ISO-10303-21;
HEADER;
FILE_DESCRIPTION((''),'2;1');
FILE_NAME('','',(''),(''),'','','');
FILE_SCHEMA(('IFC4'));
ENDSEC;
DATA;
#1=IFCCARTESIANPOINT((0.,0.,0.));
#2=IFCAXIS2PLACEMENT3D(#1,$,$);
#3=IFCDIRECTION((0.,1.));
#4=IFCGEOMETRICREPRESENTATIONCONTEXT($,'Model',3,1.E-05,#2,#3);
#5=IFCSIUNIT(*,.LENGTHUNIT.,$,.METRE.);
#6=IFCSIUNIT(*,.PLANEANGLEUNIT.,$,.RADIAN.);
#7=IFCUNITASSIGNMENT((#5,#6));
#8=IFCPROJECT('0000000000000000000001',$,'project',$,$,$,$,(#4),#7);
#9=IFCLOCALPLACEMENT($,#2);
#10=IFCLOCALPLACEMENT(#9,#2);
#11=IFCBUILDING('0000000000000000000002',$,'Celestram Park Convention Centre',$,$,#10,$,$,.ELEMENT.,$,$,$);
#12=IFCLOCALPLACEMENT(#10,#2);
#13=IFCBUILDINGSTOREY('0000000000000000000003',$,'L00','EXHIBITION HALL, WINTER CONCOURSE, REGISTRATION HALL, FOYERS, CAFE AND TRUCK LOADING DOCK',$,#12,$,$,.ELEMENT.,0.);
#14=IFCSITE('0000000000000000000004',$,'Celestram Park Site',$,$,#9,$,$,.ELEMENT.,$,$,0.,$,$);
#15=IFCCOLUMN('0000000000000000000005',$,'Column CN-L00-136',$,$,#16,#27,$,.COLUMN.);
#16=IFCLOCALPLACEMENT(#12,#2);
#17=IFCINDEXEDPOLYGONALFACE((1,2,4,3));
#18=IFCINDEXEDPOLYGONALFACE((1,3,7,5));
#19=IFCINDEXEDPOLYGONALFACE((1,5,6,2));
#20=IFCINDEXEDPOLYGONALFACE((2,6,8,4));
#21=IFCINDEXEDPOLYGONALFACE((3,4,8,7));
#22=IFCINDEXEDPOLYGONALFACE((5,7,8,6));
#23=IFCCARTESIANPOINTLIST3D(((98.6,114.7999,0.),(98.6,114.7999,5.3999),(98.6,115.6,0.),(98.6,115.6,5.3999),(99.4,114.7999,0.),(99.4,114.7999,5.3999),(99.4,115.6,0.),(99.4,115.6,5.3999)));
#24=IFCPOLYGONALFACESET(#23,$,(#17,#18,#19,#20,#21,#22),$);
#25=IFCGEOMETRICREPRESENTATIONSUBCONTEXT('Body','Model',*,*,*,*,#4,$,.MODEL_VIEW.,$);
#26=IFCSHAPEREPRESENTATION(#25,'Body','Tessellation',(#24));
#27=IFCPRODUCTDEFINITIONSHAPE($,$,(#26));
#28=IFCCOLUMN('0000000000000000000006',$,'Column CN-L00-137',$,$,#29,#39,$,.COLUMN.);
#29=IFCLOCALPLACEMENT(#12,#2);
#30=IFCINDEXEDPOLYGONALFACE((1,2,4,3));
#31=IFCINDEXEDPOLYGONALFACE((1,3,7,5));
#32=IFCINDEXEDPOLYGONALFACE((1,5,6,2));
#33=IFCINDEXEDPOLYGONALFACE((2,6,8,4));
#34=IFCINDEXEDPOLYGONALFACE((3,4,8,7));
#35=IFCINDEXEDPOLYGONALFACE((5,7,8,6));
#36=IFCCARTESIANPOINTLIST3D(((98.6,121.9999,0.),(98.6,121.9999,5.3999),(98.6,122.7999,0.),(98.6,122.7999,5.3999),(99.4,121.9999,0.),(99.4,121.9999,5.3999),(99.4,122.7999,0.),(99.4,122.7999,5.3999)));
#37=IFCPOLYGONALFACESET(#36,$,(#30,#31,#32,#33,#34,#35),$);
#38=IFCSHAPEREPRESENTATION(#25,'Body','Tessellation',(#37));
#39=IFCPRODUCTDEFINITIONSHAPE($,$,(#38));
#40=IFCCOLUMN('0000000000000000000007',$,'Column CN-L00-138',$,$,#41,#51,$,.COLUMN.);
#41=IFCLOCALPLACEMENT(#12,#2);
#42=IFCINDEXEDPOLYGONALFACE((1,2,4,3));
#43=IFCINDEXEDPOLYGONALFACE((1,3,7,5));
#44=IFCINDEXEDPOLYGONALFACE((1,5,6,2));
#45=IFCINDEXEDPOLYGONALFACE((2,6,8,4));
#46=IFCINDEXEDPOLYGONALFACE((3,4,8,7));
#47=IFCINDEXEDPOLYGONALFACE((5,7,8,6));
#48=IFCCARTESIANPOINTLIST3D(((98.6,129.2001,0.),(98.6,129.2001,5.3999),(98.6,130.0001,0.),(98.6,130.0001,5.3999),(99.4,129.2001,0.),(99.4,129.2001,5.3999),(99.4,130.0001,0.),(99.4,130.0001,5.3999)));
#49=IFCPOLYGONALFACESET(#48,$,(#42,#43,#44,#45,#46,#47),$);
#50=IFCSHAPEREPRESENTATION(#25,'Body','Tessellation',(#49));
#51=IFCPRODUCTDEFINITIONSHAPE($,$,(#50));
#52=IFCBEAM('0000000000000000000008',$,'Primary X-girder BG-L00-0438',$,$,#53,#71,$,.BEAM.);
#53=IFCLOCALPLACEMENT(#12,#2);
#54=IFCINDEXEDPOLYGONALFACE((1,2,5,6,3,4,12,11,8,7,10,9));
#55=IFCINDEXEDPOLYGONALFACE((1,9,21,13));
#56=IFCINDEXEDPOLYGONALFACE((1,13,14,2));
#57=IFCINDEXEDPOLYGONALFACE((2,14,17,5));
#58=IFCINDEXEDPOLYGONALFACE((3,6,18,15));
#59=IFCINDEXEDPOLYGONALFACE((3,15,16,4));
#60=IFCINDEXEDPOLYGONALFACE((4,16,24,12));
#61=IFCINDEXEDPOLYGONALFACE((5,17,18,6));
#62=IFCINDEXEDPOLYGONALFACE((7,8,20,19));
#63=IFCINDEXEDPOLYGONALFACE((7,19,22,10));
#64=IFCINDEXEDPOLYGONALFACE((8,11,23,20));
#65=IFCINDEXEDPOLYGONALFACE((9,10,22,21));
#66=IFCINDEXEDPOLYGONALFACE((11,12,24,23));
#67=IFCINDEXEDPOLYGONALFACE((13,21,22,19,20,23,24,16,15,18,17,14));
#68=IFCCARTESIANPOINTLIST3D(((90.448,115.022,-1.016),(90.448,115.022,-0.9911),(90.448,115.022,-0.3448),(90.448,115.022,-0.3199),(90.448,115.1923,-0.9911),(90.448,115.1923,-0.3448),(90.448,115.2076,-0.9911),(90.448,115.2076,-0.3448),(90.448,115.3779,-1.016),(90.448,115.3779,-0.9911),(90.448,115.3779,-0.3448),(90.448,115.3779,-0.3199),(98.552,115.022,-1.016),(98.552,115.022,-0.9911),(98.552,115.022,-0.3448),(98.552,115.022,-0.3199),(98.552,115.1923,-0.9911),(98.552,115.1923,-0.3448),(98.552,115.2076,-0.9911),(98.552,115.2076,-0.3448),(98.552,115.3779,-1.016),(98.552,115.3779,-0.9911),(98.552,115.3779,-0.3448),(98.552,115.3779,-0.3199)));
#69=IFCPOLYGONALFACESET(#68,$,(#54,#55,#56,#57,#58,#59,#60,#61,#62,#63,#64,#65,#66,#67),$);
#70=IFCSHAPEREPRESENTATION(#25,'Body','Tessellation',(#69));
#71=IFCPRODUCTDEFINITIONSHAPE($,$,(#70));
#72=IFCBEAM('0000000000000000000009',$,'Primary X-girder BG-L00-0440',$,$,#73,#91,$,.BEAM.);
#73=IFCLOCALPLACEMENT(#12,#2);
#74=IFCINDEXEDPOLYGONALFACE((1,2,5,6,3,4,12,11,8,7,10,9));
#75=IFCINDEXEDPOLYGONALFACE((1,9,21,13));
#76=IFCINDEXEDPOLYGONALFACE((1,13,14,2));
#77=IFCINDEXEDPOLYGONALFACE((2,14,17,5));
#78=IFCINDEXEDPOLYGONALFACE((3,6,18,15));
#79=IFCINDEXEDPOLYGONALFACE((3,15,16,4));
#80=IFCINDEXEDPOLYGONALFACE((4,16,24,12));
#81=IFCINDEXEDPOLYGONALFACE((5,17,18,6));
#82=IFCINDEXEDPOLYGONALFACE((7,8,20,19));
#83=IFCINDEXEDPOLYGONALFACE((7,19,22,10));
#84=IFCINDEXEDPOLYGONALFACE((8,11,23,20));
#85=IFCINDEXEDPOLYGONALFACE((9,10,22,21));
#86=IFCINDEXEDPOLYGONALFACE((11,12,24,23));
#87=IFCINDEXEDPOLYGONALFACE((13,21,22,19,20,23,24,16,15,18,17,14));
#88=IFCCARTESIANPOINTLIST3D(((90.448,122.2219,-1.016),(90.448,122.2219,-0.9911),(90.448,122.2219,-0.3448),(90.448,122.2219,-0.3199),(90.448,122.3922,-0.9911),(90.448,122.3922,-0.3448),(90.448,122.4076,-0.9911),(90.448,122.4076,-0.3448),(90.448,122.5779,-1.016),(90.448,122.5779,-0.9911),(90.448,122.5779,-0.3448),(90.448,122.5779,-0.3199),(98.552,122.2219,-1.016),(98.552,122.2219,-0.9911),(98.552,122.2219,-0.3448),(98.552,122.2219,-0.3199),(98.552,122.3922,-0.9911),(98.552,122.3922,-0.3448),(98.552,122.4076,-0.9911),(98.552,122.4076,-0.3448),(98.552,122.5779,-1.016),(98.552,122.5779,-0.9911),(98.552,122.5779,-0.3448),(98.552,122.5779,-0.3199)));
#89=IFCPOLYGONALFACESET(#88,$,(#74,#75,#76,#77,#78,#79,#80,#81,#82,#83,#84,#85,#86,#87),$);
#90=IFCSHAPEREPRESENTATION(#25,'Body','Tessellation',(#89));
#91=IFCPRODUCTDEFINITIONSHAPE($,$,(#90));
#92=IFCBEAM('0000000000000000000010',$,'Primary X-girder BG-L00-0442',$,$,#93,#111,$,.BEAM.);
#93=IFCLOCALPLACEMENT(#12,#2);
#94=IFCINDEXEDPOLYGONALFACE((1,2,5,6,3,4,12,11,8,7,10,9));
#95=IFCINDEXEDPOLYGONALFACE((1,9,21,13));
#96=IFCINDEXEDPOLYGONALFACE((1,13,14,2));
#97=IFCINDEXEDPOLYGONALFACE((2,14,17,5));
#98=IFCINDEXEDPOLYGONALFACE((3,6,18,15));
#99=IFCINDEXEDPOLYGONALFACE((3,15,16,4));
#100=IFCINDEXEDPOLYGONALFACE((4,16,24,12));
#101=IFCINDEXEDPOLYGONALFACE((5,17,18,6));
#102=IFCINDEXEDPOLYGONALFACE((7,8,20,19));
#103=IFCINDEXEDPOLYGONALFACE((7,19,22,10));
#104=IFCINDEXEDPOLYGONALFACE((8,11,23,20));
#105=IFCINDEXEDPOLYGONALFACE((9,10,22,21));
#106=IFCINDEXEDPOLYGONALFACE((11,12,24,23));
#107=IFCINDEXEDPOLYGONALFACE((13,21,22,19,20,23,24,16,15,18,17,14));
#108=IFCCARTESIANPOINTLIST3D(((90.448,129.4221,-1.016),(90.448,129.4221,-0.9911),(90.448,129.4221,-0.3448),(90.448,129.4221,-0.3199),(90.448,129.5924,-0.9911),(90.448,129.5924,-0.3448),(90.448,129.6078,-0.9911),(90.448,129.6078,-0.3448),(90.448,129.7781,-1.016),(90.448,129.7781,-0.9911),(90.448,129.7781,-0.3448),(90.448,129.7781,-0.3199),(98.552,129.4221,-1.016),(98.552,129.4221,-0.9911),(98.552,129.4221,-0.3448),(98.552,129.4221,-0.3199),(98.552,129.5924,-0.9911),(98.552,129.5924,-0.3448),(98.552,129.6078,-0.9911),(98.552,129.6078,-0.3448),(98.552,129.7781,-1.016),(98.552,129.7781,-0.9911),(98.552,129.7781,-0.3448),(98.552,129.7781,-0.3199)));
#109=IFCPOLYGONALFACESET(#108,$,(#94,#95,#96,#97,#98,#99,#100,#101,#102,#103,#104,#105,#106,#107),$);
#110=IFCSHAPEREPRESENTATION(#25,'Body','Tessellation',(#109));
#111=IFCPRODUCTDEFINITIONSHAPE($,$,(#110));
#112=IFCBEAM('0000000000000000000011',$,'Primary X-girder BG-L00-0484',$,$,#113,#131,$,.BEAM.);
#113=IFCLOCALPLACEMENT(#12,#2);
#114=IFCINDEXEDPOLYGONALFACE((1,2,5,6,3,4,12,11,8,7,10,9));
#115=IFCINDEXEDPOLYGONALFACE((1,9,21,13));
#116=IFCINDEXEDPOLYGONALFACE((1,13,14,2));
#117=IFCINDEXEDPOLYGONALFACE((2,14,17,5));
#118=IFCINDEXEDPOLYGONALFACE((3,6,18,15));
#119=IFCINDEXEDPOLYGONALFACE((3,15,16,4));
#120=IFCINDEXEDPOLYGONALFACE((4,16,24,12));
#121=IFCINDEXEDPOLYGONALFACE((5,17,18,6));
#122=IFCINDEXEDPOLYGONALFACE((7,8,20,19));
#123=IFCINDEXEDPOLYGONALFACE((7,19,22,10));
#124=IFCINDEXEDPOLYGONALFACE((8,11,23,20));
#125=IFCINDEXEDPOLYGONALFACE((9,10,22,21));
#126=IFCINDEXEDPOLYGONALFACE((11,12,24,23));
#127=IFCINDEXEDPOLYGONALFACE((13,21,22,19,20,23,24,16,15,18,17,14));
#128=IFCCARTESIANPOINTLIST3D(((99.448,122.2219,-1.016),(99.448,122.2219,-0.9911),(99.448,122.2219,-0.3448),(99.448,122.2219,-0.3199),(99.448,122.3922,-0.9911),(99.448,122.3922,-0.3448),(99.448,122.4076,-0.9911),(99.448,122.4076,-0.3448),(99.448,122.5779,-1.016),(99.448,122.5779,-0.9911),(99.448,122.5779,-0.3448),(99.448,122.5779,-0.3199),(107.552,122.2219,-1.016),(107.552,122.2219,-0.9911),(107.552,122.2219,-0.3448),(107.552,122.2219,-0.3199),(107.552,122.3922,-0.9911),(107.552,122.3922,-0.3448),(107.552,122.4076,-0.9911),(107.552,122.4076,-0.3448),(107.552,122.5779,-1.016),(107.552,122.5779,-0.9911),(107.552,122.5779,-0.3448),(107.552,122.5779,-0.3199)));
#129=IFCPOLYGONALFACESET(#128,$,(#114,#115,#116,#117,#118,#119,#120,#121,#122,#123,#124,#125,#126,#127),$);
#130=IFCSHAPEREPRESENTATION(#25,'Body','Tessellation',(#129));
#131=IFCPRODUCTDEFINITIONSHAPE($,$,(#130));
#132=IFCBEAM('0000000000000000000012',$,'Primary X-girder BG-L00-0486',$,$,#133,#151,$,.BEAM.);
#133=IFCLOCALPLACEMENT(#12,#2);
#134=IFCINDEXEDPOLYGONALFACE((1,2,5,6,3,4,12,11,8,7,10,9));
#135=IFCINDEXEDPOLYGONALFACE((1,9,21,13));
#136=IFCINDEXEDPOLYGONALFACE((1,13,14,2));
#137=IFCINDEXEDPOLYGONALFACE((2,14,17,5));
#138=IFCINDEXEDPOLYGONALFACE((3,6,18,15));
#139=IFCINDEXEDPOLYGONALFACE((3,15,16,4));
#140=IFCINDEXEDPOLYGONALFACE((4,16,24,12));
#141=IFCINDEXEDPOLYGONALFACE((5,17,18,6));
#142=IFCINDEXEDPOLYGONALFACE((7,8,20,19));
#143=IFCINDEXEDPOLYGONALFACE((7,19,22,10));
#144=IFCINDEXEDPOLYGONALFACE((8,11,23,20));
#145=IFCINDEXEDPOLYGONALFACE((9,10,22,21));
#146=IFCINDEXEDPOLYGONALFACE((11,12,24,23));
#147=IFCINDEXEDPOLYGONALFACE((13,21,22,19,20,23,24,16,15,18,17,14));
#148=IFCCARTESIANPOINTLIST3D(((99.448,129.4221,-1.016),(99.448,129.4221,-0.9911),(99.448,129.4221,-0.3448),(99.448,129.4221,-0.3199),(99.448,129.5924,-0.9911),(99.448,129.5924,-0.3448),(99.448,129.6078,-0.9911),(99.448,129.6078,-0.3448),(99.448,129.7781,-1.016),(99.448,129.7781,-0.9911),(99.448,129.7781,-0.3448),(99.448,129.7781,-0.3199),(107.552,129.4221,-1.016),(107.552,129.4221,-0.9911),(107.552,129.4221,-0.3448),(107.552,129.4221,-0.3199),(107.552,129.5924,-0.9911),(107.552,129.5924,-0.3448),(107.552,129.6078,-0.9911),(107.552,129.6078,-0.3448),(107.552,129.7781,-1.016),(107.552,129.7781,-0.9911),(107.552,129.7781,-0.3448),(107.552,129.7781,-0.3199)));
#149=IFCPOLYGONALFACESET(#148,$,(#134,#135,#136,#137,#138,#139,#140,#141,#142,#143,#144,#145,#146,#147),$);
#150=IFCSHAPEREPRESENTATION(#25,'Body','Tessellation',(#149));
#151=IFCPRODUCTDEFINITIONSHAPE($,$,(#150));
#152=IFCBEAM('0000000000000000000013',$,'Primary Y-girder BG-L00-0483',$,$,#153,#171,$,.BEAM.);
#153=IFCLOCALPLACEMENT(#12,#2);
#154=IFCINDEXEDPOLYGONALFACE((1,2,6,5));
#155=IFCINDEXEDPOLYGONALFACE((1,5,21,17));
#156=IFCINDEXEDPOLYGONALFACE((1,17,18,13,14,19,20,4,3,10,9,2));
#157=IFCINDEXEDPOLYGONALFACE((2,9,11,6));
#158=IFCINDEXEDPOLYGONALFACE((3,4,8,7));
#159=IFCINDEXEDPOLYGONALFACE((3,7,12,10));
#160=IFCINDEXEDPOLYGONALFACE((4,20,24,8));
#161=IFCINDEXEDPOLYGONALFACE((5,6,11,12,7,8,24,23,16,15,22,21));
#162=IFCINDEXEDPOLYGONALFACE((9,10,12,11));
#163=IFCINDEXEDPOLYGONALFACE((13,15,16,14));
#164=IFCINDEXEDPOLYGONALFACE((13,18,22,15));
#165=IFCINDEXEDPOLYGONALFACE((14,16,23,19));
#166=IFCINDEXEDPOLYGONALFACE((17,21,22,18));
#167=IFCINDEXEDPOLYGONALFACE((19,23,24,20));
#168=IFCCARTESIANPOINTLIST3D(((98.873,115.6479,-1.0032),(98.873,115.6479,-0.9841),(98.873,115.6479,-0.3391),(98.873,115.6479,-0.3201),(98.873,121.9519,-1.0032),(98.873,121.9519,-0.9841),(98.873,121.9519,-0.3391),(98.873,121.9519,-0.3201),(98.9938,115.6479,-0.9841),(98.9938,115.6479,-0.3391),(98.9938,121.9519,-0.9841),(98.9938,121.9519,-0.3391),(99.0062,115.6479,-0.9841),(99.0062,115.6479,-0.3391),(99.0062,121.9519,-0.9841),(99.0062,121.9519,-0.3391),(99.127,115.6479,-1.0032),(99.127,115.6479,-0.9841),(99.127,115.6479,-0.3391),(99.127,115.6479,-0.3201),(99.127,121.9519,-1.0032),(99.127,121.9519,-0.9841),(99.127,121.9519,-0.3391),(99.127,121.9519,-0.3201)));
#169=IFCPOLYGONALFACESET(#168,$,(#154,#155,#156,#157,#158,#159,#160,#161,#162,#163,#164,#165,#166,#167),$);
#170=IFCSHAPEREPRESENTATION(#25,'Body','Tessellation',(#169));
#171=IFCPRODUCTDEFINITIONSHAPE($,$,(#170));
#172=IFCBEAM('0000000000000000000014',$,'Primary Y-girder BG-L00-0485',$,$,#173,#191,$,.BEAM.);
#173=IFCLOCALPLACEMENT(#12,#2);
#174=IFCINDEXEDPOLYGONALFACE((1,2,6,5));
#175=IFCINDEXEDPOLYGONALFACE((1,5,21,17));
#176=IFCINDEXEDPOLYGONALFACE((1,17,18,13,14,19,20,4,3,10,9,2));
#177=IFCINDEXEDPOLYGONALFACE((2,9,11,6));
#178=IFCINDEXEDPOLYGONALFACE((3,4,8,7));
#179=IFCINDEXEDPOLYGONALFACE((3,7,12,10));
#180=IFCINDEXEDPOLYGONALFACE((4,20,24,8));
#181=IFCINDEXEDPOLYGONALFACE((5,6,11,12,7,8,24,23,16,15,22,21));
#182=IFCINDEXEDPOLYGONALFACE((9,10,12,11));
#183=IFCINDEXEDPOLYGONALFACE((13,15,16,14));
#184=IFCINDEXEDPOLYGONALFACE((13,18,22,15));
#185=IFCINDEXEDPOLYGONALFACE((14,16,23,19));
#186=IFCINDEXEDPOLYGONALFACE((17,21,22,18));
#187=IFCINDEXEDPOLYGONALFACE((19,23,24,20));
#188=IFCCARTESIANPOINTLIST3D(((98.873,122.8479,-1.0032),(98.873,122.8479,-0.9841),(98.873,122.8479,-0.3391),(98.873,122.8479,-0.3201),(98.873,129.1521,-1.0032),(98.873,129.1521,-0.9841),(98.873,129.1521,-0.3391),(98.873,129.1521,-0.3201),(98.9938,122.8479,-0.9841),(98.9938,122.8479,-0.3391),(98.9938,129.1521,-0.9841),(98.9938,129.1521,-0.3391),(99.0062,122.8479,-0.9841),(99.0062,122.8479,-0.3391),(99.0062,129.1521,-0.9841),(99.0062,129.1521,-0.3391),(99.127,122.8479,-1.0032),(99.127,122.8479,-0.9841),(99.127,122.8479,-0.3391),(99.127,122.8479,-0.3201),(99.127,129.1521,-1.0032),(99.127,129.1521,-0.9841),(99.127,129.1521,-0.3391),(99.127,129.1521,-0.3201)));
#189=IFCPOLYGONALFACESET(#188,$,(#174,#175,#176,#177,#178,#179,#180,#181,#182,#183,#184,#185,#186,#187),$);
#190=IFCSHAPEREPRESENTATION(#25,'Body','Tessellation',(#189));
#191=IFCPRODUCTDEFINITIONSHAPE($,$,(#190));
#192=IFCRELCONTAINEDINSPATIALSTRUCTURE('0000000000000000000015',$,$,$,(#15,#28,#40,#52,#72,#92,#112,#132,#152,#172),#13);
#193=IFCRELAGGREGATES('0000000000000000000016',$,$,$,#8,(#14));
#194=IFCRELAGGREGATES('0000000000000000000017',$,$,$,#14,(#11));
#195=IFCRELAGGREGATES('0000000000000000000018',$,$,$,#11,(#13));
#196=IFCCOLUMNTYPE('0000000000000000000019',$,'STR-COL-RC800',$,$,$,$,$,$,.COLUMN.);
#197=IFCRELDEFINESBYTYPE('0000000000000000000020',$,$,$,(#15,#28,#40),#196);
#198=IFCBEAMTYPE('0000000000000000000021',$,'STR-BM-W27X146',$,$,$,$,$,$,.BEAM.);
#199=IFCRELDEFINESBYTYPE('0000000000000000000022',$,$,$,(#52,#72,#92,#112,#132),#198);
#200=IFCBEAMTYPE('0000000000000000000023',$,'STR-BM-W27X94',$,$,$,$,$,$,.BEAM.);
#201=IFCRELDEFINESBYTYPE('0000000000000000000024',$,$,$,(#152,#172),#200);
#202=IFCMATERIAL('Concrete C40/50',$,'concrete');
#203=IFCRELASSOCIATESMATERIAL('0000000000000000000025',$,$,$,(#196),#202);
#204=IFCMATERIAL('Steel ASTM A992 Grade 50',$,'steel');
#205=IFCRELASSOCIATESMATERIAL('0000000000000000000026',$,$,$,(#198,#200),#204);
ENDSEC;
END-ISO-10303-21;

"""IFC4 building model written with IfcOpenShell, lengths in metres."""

from ifc_helpers import new_model, si_unit, direction, frame, origin, origin_2d, place, context, subcontext, project, spatial, rectangle, i_section, extrude, material, material_profile, profile_set, type_object, element, save


model = new_model("IFC4")

# Units and contexts
model_context = context("Model", 3, precision=1e-05, world=origin(), true_north=direction((0.0, 1.0)))
body_context = subcontext(model_context, "Body", "Model", "MODEL_VIEW")
ifc_project = project(units=[si_unit("LENGTHUNIT", "METRE"), si_unit("PLANEANGLEUNIT", "RADIAN")], contexts=[model_context])

# Site, building, storey
site_placement = place(None, origin())
site = spatial("IfcSite", under=ifc_project, at=site_placement, Name="Celestram Park Site", CompositionType="ELEMENT", RefElevation=0.0)
building_placement = place(site_placement, origin())
building = spatial("IfcBuilding", under=site, at=building_placement, Name="Celestram Park Convention Centre", CompositionType="ELEMENT")
storey_placement = place(building_placement, origin())
storey = spatial("IfcBuildingStorey", under=building, at=storey_placement, Name="L00", Description="EXHIBITION HALL, WINTER CONCOURSE, REGISTRATION HALL, FOYERS, CAFE AND TRUCK LOADING DOCK", CompositionType="ELEMENT", Elevation=0.0)

# Columns
ifc_material_1 = material(Name="Concrete C40/50", Category="concrete")
ifc_material_profile_1 = material_profile(ifc_material_1, rectangle(XDim=0.8, YDim=0.8, at=origin_2d()), Name="RC800X800")
ifc_profile_set_1 = profile_set([ifc_material_profile_1], Name="Concrete C40/50")
column_type = type_object("IfcColumnType", Name="STR-COL-RC800", PredefinedType="COLUMN", material=ifc_profile_set_1)
for number, where, z_axis, x_axis, name in (
    (1, (99.0, 115.2, 0.0), (0.0, 0.0, 1.0), (1.0, 0.0, 0.0), "Column CN-L00-136"),
    (2, (99.0, 122.3999, 0.0), (0.0, 0.0, 1.0), (1.0, 0.0, 0.0), "Column CN-L00-137"),
    (3, (99.0, 129.6001, 0.0), (0.0, 0.0, 1.0), (1.0, 0.0, 0.0), "Column CN-L00-138"),
):
    element("IfcColumn", number, at=place(storey_placement, frame(where, z_axis=z_axis, x_axis=x_axis)), inside=storey, type_object=column_type, Name=name, PredefinedType="COLUMN", context=body_context, shape_type="SweptSolid", body=[
        extrude(rectangle(XDim=0.8, YDim=0.8, at=origin_2d()), origin(), (0.0, 0.0, 1.0), 5.3999),
    ])

# Beams
ifc_material_2 = material(Name="Steel ASTM A992 Grade 50", Category="steel")
ifc_material_profile_2 = material_profile(ifc_material_2, i_section(OverallWidth=0.356, OverallDepth=0.696, WebThickness=0.0154, FlangeThickness=0.0249, at=origin_2d()), Name="W27X146")
ifc_profile_set_2 = profile_set([ifc_material_profile_2], Name="Steel ASTM A992 Grade 50")
beam_type_1 = type_object("IfcBeamType", Name="STR-BM-W27X146", PredefinedType="BEAM", material=ifc_profile_set_2)
for number, where, z_axis, x_axis, name in (
    (4, (90.448, 115.2, -0.668), (1.0, 0.0, 0.0), (0.0, 1.0, 0.0), "Primary X-girder BG-L00-0438"),
    (5, (90.448, 122.3999, -0.668), (1.0, 0.0, 0.0), (0.0, 1.0, 0.0), "Primary X-girder BG-L00-0440"),
    (6, (90.448, 129.6001, -0.668), (1.0, 0.0, 0.0), (0.0, 1.0, 0.0), "Primary X-girder BG-L00-0442"),
    (7, (99.448, 122.3999, -0.668), (1.0, 0.0, 0.0), (0.0, 1.0, 0.0), "Primary X-girder BG-L00-0484"),
    (8, (99.448, 129.6001, -0.668), (1.0, 0.0, 0.0), (0.0, 1.0, 0.0), "Primary X-girder BG-L00-0486"),
):
    element("IfcBeam", number, at=place(storey_placement, frame(where, z_axis=z_axis, x_axis=x_axis)), inside=storey, type_object=beam_type_1, Name=name, PredefinedType="BEAM", context=body_context, shape_type="SweptSolid", body=[
        extrude(i_section(OverallWidth=0.356, OverallDepth=0.696, WebThickness=0.0154, FlangeThickness=0.0249, at=origin_2d()), origin(), (0.0, 0.0, 1.0), 8.104),
    ])
ifc_material_profile_3 = material_profile(ifc_material_2, i_section(OverallWidth=0.2539, OverallDepth=0.6831, WebThickness=0.0125, FlangeThickness=0.019, at=origin_2d()), Name="W27X94")
ifc_profile_set_3 = profile_set([ifc_material_profile_3], Name="Steel ASTM A992 Grade 50")
beam_type_2 = type_object("IfcBeamType", Name="STR-BM-W27X94", PredefinedType="BEAM", material=ifc_profile_set_3)
beam_1_placement = place(storey_placement, frame((99.0, 115.6479, -0.6616), z_axis=(0.0, 1.0, 0.0), x_axis=(-1.0, 0.0, 0.0)))
element("IfcBeam", 9, at=beam_1_placement, inside=storey, type_object=beam_type_2, Name="Primary Y-girder BG-L00-0483", PredefinedType="BEAM", context=body_context, shape_type="SweptSolid", body=[
    extrude(i_section(OverallWidth=0.2539, OverallDepth=0.6831, WebThickness=0.0125, FlangeThickness=0.019, at=origin_2d()), origin(), (0.0, 0.0, 1.0), 6.304),
])
beam_2_placement = place(storey_placement, frame((99.0, 122.8479, -0.6616), z_axis=(0.0, 1.0, 0.0), x_axis=(-1.0, 0.0, 0.0)))
element("IfcBeam", 10, at=beam_2_placement, inside=storey, type_object=beam_type_2, Name="Primary Y-girder BG-L00-0485", PredefinedType="BEAM", context=body_context, shape_type="SweptSolid", body=[
    extrude(i_section(OverallWidth=0.2539, OverallDepth=0.6831, WebThickness=0.0125, FlangeThickness=0.019, at=origin_2d()), origin(), (0.0, 0.0, 1.0), 6.3042),
])

save(model, "model.ifc")
